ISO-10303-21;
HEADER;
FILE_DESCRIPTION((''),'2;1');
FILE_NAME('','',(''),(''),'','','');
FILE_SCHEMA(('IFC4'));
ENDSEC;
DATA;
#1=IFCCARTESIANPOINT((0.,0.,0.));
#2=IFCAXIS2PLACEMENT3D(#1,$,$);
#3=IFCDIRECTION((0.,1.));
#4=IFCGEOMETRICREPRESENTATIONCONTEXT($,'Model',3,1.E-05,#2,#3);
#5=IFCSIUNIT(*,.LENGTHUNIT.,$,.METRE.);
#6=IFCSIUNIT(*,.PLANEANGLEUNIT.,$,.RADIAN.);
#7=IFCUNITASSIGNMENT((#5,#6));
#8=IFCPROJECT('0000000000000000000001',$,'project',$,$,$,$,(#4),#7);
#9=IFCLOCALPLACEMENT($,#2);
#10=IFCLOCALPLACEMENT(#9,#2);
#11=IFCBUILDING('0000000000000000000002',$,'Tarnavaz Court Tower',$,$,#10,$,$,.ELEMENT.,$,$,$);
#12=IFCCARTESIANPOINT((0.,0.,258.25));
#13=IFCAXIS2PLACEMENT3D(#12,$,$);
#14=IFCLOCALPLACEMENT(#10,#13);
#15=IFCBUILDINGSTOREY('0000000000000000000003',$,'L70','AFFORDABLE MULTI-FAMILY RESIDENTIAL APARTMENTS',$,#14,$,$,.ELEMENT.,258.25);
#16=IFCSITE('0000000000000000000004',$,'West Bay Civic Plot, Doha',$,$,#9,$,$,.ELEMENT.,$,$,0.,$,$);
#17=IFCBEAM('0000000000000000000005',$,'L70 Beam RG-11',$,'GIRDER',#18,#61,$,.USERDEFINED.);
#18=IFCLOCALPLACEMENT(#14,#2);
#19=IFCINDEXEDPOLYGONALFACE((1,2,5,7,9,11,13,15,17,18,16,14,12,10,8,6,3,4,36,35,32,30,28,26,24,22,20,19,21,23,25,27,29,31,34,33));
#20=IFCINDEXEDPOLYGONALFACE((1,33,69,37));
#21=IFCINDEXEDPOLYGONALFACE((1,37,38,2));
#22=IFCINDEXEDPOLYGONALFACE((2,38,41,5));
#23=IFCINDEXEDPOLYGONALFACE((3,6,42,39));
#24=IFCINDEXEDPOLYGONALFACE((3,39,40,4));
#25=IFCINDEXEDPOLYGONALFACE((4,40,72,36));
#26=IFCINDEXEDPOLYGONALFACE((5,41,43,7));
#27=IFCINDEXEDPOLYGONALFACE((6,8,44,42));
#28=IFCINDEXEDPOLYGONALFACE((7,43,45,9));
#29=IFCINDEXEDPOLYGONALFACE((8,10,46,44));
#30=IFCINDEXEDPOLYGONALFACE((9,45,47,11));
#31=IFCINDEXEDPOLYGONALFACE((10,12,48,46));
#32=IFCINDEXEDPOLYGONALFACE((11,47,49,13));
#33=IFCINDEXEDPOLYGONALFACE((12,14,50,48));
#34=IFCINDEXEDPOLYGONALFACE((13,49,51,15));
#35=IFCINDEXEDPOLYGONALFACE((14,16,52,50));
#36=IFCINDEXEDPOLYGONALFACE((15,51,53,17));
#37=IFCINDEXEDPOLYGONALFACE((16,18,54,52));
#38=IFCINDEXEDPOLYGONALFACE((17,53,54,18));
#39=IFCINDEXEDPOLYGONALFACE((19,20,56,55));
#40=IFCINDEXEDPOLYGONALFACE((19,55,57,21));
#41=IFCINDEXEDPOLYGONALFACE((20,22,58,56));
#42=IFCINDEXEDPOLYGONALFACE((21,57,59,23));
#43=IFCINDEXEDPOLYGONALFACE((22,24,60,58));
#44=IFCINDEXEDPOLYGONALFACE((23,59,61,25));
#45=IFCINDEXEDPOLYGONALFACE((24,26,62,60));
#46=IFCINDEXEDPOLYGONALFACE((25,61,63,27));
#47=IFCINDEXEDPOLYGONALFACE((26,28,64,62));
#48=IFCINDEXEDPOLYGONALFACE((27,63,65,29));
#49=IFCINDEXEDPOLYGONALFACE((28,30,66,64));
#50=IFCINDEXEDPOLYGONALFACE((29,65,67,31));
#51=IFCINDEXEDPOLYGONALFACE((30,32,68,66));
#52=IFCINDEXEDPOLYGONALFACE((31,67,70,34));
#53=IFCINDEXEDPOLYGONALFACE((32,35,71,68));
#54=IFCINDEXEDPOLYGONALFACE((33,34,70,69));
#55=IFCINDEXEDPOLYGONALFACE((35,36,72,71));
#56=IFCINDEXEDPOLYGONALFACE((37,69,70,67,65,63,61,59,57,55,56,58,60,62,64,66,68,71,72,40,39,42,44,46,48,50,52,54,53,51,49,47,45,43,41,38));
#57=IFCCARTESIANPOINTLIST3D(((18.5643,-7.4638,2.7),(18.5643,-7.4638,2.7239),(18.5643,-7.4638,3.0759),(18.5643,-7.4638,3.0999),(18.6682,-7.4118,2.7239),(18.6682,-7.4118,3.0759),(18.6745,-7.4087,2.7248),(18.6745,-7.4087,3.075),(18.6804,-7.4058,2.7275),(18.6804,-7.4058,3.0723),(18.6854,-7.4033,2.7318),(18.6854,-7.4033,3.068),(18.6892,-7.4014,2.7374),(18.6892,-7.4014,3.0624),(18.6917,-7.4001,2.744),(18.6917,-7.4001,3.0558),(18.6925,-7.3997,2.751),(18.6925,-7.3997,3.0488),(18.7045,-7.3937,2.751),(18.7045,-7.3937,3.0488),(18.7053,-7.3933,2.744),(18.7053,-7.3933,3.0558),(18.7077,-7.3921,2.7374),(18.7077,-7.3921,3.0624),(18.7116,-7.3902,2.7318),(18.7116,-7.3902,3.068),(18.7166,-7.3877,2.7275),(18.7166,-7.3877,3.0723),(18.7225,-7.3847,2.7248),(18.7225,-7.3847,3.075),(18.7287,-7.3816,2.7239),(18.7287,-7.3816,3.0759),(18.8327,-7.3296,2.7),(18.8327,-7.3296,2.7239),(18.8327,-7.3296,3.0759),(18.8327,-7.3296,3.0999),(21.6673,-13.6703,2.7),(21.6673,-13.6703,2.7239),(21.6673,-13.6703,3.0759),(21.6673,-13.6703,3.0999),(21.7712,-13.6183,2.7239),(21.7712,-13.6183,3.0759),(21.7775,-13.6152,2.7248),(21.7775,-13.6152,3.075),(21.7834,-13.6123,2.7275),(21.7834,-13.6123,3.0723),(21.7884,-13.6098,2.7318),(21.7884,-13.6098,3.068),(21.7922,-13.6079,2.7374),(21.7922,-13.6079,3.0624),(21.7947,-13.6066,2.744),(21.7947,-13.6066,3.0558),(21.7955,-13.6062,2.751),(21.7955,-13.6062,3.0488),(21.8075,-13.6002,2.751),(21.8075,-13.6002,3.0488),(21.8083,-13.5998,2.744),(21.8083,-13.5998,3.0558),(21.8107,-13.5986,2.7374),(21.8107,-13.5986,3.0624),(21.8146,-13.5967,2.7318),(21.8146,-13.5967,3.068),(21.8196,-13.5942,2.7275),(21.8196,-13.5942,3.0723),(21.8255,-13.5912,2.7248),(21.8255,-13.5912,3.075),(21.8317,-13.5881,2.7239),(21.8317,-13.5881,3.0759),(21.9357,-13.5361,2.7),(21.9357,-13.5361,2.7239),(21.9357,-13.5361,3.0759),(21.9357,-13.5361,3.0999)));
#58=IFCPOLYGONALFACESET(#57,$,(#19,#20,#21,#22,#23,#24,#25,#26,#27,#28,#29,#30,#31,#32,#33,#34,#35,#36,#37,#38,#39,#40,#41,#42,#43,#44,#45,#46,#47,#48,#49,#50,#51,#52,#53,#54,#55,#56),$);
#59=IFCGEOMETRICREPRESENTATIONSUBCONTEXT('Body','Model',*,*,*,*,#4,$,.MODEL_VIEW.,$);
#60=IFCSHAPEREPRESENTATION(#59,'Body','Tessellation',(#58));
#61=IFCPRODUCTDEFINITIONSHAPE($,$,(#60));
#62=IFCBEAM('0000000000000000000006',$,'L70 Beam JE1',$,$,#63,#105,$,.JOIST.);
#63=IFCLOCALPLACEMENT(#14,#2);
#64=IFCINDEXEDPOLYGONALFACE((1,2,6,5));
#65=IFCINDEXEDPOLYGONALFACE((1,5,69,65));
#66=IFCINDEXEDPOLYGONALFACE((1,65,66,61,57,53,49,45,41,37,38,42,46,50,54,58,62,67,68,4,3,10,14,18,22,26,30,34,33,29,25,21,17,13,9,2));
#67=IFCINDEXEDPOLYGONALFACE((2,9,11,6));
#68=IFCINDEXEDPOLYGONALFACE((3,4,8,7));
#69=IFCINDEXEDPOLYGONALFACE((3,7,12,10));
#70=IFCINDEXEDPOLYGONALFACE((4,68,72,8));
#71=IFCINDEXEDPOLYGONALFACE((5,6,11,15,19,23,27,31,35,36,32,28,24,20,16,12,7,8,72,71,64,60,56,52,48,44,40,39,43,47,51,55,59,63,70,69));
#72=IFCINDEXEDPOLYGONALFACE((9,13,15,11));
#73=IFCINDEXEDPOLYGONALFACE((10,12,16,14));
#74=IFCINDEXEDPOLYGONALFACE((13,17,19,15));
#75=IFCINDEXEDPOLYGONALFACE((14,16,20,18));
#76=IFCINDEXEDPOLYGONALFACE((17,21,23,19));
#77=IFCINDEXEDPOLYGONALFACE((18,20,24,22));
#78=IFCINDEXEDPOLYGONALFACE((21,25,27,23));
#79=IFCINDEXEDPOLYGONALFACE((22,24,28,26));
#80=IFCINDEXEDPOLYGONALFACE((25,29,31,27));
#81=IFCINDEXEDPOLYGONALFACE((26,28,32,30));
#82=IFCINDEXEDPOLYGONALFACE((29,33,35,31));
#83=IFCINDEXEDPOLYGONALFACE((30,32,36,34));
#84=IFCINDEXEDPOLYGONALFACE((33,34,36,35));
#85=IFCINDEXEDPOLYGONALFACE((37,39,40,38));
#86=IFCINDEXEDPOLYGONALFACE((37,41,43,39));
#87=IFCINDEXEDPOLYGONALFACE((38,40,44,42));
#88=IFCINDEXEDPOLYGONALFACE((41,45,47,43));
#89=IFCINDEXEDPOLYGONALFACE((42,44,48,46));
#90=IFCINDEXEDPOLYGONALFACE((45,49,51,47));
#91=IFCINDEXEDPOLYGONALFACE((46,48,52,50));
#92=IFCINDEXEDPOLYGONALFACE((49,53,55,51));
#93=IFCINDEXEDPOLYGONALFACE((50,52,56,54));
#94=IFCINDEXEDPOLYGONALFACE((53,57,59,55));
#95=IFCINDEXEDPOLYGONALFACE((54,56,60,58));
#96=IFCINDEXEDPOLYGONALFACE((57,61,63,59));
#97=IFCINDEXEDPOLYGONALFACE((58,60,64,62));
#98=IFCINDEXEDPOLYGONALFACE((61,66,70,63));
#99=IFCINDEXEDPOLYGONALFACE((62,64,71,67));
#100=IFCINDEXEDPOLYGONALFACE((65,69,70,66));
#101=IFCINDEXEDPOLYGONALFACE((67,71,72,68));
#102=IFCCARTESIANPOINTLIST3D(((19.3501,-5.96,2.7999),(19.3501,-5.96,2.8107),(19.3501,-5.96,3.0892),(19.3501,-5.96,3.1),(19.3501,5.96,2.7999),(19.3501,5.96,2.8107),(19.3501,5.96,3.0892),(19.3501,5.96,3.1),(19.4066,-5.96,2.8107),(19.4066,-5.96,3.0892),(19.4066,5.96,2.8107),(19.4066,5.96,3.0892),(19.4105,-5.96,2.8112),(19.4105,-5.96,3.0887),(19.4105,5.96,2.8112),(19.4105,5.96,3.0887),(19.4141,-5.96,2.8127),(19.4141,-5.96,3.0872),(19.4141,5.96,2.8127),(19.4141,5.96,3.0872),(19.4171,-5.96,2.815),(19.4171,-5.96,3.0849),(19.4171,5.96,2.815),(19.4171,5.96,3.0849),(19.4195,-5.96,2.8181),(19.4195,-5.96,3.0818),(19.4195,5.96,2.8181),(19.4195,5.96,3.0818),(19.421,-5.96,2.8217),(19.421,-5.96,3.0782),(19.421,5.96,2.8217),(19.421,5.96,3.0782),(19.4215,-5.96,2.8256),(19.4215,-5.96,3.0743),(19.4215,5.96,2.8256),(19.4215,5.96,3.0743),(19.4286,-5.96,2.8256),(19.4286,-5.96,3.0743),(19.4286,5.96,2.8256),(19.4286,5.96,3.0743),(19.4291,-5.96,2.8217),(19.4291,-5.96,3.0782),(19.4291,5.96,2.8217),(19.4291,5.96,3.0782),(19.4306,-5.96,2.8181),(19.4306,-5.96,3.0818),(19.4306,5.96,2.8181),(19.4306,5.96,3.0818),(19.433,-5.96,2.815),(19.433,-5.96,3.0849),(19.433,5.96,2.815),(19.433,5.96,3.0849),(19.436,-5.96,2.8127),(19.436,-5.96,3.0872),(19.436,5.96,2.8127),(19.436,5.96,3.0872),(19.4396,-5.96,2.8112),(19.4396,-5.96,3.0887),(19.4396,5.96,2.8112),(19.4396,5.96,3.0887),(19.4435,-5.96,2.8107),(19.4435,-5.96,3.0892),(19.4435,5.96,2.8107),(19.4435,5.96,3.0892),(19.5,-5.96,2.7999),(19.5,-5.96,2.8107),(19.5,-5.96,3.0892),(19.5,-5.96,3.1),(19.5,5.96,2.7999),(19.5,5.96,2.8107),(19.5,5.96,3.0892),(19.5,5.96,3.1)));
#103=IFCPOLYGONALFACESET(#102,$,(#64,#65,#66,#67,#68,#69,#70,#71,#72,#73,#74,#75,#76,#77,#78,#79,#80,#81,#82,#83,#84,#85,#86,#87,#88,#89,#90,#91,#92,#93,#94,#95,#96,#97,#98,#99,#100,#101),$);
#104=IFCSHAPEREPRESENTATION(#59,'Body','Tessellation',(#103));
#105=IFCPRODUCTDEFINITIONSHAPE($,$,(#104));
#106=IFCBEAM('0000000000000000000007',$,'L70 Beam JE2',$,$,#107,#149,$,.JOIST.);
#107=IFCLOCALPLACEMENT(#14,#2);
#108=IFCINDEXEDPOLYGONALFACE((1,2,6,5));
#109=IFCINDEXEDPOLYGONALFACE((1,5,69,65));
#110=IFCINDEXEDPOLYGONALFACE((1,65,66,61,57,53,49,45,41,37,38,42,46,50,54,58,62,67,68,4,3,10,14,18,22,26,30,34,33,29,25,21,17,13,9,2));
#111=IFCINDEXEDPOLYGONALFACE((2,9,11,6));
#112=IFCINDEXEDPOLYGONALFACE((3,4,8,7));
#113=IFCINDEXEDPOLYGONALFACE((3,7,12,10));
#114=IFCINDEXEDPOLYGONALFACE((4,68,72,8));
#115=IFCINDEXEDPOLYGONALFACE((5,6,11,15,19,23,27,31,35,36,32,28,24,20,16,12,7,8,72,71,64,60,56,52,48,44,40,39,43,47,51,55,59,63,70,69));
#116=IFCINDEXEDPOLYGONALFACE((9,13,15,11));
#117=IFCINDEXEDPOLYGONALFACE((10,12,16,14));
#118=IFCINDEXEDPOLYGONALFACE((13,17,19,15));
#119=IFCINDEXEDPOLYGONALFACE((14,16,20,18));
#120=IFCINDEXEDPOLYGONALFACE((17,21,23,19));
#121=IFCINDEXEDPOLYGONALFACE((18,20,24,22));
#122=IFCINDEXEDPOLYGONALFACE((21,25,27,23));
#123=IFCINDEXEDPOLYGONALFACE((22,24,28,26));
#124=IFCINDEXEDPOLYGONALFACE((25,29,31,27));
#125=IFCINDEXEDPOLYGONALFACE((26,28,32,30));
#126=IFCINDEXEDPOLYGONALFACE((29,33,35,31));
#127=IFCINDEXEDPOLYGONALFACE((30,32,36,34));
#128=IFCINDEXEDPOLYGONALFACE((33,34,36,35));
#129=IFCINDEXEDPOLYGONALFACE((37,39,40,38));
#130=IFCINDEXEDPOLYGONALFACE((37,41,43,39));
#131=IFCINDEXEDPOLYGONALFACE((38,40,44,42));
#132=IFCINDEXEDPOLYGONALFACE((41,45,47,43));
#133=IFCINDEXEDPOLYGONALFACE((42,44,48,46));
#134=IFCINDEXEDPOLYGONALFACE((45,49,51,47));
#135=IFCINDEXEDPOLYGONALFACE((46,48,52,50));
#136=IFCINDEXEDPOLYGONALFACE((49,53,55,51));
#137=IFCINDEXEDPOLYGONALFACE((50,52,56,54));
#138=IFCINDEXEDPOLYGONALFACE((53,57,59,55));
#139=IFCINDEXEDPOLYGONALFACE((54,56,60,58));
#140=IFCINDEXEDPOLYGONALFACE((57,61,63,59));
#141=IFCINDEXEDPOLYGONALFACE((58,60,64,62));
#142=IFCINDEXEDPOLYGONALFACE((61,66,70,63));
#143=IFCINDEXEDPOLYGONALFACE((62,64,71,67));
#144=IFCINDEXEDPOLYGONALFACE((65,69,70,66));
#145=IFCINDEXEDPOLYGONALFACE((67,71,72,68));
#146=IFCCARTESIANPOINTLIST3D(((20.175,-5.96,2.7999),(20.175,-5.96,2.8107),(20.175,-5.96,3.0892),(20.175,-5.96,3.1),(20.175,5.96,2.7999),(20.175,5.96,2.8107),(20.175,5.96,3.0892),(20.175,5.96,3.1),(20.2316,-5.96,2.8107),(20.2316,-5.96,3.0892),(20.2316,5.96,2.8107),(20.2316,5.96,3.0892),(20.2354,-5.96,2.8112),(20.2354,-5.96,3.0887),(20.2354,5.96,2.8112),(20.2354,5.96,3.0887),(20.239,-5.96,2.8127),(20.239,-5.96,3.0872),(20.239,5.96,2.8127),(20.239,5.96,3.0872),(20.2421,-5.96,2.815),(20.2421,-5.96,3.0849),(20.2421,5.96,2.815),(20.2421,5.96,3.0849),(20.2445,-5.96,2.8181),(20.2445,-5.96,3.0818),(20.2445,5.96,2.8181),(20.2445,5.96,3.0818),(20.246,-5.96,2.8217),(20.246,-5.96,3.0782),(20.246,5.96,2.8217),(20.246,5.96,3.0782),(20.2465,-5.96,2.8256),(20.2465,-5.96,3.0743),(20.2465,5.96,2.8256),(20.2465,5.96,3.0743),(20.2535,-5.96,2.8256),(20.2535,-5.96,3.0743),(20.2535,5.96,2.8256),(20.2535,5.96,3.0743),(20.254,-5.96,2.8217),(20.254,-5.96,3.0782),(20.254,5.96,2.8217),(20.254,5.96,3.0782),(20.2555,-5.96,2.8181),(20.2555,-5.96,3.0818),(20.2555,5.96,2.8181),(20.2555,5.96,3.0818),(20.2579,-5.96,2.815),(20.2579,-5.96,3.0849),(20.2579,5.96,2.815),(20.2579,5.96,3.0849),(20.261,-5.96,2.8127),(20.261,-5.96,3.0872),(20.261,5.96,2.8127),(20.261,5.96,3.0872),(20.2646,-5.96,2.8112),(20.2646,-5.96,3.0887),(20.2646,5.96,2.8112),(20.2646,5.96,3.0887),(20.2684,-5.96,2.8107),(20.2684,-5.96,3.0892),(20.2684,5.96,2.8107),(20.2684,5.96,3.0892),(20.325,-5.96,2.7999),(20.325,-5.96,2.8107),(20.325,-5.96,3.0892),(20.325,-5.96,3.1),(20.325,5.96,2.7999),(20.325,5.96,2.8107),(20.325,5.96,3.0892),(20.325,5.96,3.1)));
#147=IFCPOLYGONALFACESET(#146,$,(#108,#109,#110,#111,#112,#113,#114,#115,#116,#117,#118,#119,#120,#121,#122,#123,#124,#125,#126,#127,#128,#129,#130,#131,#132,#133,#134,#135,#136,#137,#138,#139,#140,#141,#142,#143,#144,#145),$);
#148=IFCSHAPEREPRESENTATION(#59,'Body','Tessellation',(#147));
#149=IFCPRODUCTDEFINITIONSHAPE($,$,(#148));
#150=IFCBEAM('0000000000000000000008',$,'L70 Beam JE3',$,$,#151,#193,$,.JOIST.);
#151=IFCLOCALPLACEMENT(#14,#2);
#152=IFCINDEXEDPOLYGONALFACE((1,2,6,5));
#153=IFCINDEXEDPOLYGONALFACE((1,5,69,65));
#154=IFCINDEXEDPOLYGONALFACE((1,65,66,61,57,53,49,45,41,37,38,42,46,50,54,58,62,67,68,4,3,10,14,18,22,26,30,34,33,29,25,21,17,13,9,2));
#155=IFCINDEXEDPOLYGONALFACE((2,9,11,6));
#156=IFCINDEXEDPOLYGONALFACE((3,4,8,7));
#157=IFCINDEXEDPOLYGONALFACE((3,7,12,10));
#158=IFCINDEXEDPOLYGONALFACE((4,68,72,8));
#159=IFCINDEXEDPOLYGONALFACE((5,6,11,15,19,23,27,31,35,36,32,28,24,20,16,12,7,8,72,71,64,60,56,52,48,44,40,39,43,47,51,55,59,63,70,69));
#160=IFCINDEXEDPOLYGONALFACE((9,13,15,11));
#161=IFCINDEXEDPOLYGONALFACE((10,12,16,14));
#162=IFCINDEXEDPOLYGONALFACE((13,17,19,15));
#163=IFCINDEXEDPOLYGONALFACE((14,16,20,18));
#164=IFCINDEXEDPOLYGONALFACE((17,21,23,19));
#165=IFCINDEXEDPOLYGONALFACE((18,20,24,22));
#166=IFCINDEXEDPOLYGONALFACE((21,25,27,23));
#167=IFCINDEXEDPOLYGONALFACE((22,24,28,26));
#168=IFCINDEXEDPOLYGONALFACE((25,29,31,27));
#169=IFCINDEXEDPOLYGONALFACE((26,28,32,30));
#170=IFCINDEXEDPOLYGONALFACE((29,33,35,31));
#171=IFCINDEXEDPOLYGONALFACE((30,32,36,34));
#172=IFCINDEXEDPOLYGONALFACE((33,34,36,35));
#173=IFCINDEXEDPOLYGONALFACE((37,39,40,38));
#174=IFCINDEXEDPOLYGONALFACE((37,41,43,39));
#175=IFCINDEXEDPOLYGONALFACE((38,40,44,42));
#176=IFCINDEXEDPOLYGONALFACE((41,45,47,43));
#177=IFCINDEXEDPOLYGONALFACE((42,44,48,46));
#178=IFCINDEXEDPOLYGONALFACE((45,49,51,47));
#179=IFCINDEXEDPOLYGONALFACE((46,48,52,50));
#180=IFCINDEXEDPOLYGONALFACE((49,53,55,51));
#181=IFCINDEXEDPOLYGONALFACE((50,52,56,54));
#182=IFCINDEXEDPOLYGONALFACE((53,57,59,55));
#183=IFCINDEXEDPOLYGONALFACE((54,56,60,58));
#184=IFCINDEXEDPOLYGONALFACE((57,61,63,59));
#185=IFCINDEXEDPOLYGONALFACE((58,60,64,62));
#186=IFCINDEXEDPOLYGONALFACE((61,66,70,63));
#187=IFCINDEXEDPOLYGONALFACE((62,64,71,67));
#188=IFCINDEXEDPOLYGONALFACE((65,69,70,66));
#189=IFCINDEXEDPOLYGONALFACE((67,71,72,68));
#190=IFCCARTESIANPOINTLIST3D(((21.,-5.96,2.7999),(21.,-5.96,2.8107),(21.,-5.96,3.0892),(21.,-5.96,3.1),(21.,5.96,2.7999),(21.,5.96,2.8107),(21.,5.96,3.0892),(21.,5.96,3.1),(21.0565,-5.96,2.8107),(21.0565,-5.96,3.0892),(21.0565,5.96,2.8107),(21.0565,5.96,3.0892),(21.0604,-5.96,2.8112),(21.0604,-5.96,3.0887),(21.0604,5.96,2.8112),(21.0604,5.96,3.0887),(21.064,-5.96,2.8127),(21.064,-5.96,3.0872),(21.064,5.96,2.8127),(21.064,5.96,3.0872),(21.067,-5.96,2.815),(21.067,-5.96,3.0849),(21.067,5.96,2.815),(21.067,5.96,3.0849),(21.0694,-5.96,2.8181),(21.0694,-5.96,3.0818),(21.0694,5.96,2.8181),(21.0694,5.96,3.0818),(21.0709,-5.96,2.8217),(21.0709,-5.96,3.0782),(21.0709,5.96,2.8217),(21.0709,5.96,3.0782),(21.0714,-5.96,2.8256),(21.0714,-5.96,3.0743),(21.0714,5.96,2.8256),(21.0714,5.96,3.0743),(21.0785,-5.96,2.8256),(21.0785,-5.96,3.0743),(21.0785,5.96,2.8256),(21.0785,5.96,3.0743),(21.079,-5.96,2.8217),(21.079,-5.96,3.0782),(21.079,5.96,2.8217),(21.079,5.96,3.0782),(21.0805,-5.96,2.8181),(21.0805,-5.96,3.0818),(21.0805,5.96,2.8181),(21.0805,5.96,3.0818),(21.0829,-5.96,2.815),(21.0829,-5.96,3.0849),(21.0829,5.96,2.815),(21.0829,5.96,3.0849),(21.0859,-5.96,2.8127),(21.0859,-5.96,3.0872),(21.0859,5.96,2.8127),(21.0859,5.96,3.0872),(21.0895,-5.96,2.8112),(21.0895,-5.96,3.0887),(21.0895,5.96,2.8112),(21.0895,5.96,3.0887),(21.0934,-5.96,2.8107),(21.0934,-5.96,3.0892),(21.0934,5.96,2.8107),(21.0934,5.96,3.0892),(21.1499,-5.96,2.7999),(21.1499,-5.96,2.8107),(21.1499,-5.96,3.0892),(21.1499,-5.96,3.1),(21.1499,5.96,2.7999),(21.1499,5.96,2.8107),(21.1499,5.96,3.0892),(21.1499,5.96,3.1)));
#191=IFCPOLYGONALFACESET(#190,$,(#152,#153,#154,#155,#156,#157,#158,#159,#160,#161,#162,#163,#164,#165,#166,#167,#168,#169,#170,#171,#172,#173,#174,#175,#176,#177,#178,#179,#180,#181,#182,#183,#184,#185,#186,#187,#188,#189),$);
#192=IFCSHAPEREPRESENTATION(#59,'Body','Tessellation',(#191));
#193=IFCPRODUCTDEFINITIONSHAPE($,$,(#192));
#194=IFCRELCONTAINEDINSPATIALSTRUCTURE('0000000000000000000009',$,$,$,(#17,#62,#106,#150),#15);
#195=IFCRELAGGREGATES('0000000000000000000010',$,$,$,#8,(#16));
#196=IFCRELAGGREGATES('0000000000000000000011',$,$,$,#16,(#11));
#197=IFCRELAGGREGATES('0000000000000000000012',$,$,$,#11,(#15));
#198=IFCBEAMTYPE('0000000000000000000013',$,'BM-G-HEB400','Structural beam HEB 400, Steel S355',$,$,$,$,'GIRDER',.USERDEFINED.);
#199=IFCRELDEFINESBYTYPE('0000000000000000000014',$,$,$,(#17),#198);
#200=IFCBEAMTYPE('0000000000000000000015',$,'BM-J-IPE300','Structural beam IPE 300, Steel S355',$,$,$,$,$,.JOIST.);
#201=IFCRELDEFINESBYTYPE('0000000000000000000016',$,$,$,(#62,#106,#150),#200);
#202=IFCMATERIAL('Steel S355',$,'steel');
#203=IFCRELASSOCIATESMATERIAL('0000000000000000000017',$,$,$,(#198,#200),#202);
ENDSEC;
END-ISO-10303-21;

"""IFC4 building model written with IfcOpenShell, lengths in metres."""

from ifc_helpers import new_model, si_unit, direction, frame, origin, origin_2d, place, context, subcontext, project, spatial, i_section, extrude, material, material_profile, profile_set, type_object, element, save


model = new_model("IFC4")

# Units and contexts
model_context = context("Model", 3, precision=1e-05, world=origin(), true_north=direction((0.0, 1.0)))
body_context = subcontext(model_context, "Body", "Model", "MODEL_VIEW")
ifc_project = project(units=[si_unit("LENGTHUNIT", "METRE"), si_unit("PLANEANGLEUNIT", "RADIAN")], contexts=[model_context])

# Site, building, storey
site_placement = place(None, origin())
site = spatial("IfcSite", under=ifc_project, at=site_placement, Name="West Bay Civic Plot, Doha", CompositionType="ELEMENT", RefElevation=0.0)
building_placement = place(site_placement, origin())
building = spatial("IfcBuilding", under=site, at=building_placement, Name="Tarnavaz Court Tower", CompositionType="ELEMENT")
storey_placement = place(building_placement, frame((0.0, 0.0, 258.25)))
storey = spatial("IfcBuildingStorey", under=building, at=storey_placement, Name="L70", Description="AFFORDABLE MULTI-FAMILY RESIDENTIAL APARTMENTS", CompositionType="ELEMENT", Elevation=258.25)

# Beams
ifc_material_1 = material(Name="Steel S355", Category="steel")
ifc_material_profile_1 = material_profile(ifc_material_1, i_section(OverallWidth=0.3, OverallDepth=0.3999, WebThickness=0.0134, FlangeThickness=0.0239, FilletRadius=0.0271, at=origin_2d()), Name="HEB 400")
ifc_profile_set_1 = profile_set([ifc_material_profile_1], Name="Steel S355")
beam_type_1 = type_object("IfcBeamType", Name="BM-G-HEB400", Description="Structural beam HEB 400, Steel S355", ElementType="GIRDER", PredefinedType="USERDEFINED", material=ifc_profile_set_1)
beam_1_placement = place(storey_placement, frame((18.6985, -7.3967, 2.8999), z_axis=(0.447185, -0.894441, 0.0), x_axis=(0.894441, 0.447185, 0.0)))
element("IfcBeam", 1, at=beam_1_placement, inside=storey, type_object=beam_type_1, Name="L70 Beam RG-11", ObjectType="GIRDER", PredefinedType="USERDEFINED", context=body_context, shape_type="SweptSolid", body=[
    extrude(i_section(OverallWidth=0.3, OverallDepth=0.3999, WebThickness=0.0134, FlangeThickness=0.0239, FilletRadius=0.0271, at=origin_2d()), origin(), (0.0, 0.0, 1.0), 6.939),
])
ifc_material_profile_2 = material_profile(ifc_material_1, i_section(OverallWidth=0.1499, OverallDepth=0.3, WebThickness=0.0071, FlangeThickness=0.0107, FilletRadius=0.0149, at=origin_2d()), Name="IPE 300")
ifc_profile_set_2 = profile_set([ifc_material_profile_2], Name="Steel S355")
beam_type_2 = type_object("IfcBeamType", Name="BM-J-IPE300", Description="Structural beam IPE 300, Steel S355", PredefinedType="JOIST", material=ifc_profile_set_2)
for number, where, z_axis, x_axis, name in (
    (2, (19.425, -5.96, 2.95), (0.0, 1.0, 0.0), (-1.0, 0.0, 0.0), "L70 Beam JE1"),
    (3, (20.25, -5.96, 2.95), (0.0, 1.0, 0.0), (-1.0, 0.0, 0.0), "L70 Beam JE2"),
    (4, (21.075, -5.96, 2.95), (0.0, 1.0, 0.0), (-1.0, 0.0, 0.0), "L70 Beam JE3"),
):
    element("IfcBeam", number, at=place(storey_placement, frame(where, z_axis=z_axis, x_axis=x_axis)), inside=storey, type_object=beam_type_2, Name=name, PredefinedType="JOIST", context=body_context, shape_type="SweptSolid", body=[
        extrude(i_section(OverallWidth=0.1499, OverallDepth=0.3, WebThickness=0.0071, FlangeThickness=0.0107, FilletRadius=0.0149, at=origin_2d()), origin(), (0.0, 0.0, 1.0), 11.9199),
    ])

save(model, "model.ifc")
